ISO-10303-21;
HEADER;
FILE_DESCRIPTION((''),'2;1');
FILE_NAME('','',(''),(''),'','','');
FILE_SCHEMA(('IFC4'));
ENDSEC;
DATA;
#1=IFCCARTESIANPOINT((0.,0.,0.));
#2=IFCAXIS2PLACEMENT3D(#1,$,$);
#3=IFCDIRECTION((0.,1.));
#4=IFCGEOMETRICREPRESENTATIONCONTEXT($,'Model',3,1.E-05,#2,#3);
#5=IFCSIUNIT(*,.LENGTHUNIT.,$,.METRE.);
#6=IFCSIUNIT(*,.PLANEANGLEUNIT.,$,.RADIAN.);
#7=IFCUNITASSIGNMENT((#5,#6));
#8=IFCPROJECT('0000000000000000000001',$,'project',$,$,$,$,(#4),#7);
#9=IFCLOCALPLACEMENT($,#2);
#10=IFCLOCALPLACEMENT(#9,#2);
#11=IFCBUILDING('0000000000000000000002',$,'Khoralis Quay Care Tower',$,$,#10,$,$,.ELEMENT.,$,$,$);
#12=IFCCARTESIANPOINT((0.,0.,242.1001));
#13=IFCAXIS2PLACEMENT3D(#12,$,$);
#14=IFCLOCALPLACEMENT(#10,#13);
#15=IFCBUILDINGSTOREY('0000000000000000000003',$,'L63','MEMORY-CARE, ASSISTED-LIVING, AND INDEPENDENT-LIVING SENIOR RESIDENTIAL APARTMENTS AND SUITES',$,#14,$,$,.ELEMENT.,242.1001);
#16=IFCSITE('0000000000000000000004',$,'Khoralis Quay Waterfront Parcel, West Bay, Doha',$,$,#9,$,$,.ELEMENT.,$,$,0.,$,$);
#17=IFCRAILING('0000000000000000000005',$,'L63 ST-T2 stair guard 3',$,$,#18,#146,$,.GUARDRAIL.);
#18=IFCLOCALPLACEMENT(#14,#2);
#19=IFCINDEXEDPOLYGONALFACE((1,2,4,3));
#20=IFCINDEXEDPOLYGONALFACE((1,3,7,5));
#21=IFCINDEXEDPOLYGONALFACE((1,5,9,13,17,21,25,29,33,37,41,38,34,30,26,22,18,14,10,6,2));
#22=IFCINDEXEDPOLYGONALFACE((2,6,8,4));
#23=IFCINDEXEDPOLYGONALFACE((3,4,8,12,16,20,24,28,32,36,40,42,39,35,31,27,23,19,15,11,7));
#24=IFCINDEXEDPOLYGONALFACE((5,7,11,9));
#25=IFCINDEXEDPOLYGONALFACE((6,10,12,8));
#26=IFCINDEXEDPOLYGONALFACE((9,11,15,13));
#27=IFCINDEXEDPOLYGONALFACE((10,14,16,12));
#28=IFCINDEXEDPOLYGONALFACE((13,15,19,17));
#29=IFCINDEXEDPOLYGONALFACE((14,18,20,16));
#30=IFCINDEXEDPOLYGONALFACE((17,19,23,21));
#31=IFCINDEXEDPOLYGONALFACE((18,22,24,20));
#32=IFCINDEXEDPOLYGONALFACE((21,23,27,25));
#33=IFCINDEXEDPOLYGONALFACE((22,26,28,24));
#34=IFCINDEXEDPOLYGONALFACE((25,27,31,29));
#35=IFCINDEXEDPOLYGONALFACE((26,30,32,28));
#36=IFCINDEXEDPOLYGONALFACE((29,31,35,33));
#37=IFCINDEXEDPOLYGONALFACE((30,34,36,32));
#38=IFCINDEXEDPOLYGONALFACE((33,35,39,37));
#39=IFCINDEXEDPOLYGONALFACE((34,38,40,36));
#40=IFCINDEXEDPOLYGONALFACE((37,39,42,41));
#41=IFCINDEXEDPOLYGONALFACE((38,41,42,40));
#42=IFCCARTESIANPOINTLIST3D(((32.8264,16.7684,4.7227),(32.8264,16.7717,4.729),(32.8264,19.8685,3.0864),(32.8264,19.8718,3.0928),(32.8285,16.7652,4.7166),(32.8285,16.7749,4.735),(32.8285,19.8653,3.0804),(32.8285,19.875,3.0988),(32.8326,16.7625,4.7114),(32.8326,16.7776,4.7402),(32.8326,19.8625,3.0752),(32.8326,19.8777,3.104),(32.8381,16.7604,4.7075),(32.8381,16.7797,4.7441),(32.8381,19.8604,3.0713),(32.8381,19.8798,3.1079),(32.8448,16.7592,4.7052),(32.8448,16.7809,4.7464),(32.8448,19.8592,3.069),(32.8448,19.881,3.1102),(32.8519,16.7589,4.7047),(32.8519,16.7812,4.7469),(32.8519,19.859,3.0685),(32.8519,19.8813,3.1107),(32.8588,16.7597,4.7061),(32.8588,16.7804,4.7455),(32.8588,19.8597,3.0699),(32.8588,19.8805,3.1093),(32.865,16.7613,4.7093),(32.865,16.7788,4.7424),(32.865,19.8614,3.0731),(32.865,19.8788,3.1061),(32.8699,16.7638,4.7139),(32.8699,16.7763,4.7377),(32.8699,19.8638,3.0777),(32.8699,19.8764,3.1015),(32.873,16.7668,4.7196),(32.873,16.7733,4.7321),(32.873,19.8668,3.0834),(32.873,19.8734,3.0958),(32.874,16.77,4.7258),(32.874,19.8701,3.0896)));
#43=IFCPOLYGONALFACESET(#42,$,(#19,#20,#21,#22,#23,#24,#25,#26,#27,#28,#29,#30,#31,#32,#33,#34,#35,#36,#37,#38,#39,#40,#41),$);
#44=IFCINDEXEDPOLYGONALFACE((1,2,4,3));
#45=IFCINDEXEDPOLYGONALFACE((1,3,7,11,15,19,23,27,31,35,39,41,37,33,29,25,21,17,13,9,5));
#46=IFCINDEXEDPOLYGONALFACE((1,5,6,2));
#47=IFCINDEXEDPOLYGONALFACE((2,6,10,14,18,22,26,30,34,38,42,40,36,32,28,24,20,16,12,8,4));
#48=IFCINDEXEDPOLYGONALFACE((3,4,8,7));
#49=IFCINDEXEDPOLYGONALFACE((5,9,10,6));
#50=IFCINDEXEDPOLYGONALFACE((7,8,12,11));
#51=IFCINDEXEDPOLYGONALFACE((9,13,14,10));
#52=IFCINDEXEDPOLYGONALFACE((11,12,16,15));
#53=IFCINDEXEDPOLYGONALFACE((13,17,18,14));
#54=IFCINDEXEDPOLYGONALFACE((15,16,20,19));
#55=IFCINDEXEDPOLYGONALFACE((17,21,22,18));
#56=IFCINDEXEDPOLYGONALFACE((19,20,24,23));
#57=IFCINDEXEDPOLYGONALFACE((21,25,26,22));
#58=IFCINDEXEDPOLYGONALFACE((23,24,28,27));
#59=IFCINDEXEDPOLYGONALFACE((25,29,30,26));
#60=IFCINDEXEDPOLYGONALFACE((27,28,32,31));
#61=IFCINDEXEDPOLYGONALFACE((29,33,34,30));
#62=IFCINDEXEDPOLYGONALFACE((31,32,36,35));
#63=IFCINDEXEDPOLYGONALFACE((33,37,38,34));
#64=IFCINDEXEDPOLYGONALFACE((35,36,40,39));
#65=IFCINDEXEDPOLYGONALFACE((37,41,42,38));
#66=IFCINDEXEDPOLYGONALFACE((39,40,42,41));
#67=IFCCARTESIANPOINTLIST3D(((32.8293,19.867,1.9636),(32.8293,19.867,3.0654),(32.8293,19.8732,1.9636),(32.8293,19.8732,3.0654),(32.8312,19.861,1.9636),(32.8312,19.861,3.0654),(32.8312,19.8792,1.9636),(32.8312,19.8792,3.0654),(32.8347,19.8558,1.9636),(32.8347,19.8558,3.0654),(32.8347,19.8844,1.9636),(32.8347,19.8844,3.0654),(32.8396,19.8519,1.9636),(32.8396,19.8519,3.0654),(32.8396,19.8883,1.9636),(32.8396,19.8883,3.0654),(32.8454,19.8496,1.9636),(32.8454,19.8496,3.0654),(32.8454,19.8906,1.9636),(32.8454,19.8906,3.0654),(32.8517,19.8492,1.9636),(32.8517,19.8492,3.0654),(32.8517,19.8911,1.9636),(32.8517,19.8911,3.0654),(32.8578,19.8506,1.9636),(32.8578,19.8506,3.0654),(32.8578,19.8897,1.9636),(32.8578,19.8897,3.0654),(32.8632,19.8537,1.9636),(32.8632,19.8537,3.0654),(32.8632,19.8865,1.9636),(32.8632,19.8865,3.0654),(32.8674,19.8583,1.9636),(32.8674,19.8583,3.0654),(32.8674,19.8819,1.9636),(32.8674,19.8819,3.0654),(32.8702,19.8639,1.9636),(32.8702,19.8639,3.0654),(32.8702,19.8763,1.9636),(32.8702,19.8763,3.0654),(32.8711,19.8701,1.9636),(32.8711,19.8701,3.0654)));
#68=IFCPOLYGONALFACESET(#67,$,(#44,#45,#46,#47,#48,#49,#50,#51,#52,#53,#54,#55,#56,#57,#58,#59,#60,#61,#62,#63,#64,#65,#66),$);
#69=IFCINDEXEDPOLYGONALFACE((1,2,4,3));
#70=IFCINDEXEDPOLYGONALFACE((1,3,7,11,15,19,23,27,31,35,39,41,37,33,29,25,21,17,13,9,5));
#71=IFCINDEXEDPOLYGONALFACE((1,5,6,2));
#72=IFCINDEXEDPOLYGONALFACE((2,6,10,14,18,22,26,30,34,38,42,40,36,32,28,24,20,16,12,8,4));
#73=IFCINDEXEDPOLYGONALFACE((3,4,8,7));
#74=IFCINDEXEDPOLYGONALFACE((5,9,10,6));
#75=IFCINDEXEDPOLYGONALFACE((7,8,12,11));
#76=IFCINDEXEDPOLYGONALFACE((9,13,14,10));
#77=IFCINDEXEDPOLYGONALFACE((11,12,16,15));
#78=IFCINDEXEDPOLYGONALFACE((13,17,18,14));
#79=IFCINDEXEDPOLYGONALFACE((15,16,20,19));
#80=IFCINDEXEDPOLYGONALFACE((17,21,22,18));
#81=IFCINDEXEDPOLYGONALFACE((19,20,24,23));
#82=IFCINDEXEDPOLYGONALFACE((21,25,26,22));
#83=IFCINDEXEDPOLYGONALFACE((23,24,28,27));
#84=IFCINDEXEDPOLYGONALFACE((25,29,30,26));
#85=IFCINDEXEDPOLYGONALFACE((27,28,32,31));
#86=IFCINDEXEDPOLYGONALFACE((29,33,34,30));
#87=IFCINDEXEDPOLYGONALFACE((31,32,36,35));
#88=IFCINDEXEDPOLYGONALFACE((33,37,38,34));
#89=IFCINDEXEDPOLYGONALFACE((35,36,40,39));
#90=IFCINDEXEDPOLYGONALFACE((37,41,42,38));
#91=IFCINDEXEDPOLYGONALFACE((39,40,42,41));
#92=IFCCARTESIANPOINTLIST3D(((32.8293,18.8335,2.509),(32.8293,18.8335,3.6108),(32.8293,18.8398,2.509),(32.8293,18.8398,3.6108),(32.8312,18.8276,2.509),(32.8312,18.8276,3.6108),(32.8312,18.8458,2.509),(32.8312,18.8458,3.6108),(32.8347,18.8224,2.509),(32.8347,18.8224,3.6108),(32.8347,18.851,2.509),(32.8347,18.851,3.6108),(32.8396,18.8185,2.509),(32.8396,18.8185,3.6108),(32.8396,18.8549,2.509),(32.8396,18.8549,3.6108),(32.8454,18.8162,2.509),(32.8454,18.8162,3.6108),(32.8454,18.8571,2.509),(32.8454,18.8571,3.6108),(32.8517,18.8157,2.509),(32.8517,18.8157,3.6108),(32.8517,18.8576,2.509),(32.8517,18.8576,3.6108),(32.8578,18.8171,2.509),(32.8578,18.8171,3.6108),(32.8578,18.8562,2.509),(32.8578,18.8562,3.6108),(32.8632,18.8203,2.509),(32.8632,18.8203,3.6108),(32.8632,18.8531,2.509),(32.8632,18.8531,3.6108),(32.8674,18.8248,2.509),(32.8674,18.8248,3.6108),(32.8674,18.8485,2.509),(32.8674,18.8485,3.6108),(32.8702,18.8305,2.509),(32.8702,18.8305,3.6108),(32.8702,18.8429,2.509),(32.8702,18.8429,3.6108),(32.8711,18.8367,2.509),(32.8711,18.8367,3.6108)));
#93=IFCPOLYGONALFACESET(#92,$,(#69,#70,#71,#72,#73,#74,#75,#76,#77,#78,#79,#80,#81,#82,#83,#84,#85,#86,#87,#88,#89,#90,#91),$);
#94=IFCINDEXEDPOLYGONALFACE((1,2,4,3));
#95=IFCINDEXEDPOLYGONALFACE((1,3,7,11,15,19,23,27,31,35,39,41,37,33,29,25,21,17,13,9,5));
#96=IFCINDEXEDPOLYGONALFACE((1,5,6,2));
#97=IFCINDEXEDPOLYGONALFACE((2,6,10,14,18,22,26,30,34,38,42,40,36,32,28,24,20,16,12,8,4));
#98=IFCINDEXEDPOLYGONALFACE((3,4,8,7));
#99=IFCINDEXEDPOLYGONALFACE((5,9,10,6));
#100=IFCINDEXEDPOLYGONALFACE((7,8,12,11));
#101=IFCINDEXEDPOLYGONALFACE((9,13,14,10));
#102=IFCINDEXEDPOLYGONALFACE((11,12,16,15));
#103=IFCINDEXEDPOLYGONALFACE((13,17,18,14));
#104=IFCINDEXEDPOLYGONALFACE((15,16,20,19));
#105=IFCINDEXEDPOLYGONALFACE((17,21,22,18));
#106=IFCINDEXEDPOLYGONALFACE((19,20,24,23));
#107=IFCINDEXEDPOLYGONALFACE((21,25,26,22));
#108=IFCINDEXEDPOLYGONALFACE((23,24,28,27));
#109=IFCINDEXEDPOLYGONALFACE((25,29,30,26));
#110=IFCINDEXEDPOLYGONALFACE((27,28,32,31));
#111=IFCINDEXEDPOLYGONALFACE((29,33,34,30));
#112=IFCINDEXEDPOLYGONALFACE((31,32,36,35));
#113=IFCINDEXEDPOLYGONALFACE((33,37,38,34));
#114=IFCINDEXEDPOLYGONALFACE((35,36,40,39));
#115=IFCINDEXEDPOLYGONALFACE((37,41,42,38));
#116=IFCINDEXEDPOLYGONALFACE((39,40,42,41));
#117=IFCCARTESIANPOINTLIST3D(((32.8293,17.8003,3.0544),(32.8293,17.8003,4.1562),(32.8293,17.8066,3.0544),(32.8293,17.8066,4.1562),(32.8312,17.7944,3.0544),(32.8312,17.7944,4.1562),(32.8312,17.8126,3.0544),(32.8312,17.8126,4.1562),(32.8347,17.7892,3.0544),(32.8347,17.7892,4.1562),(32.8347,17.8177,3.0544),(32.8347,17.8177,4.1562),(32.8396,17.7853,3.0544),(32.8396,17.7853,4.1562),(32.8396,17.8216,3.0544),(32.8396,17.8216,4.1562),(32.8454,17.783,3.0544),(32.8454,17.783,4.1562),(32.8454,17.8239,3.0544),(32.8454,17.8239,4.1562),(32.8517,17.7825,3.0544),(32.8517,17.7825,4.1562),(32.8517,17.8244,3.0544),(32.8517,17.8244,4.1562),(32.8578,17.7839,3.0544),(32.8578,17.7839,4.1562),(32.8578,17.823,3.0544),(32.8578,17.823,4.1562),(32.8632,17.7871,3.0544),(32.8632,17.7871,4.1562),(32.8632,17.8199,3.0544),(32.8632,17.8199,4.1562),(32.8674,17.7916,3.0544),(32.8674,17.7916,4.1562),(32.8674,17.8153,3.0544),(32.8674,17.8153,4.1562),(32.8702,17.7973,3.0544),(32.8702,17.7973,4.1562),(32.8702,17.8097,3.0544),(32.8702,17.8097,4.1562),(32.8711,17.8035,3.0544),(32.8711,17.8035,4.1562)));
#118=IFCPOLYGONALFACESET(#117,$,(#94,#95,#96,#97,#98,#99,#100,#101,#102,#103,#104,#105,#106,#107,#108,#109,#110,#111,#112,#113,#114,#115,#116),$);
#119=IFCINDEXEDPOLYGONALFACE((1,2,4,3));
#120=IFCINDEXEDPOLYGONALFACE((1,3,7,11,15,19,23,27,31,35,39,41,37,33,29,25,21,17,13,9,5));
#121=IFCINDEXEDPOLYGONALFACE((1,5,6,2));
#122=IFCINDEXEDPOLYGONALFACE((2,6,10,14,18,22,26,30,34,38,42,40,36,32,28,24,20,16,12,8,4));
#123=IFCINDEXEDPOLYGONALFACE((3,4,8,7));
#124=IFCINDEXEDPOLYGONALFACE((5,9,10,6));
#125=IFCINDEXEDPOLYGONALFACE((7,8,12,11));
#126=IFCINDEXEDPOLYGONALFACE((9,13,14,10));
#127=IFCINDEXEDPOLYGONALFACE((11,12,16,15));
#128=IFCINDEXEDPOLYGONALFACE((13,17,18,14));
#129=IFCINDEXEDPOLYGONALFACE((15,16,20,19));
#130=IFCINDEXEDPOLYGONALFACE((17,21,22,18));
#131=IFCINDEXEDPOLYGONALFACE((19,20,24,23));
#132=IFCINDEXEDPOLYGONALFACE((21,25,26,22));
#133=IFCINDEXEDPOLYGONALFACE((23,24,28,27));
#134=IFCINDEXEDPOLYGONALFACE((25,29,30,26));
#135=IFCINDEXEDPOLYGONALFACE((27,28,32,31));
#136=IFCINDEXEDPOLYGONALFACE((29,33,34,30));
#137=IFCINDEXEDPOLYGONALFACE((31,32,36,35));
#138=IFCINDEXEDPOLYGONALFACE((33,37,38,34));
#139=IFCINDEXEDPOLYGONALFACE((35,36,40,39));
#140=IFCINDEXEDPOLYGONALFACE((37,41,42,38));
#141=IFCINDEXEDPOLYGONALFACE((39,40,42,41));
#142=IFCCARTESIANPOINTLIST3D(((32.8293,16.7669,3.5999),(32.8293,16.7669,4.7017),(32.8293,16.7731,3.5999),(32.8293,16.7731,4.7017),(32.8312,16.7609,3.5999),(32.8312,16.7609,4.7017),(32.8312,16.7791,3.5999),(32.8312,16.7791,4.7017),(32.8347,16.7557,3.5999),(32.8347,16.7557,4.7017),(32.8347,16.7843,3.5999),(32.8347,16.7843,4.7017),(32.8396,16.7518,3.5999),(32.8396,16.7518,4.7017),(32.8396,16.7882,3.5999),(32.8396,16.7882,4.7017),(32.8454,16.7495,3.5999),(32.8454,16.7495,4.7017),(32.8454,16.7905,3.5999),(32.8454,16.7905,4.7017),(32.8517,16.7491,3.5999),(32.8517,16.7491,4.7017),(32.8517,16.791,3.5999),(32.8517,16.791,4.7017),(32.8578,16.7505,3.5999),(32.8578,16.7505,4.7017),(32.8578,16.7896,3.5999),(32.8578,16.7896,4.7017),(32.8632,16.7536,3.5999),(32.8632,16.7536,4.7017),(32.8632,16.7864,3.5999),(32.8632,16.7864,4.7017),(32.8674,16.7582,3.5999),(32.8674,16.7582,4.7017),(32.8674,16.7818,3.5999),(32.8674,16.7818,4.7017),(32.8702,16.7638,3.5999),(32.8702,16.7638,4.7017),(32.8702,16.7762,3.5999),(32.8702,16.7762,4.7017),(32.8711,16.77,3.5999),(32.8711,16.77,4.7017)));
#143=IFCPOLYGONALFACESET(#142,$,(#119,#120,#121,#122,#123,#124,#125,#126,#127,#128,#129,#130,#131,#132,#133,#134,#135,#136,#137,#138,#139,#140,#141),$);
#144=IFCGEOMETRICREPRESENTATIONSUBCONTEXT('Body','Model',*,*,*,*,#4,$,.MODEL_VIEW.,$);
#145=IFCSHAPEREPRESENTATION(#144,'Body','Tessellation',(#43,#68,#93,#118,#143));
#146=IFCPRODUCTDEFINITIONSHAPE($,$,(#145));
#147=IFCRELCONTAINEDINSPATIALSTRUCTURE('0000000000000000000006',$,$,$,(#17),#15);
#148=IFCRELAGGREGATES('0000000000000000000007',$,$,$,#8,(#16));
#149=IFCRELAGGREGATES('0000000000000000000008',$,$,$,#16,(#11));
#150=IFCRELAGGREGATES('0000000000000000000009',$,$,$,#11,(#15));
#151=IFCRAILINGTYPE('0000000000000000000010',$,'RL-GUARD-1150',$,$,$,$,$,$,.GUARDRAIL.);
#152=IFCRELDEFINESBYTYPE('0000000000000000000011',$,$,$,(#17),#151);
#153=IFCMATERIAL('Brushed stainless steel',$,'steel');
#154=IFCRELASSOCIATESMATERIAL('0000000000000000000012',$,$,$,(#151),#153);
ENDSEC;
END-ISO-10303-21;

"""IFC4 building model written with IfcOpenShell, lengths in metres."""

from ifc_helpers import new_model, si_unit, direction, frame, origin, origin_2d, place, context, subcontext, project, spatial, circle, extrude, material, type_object, element, save


model = new_model("IFC4")

# Units and contexts
model_context = context("Model", 3, precision=1e-05, world=origin(), true_north=direction((0.0, 1.0)))
body_context = subcontext(model_context, "Body", "Model", "MODEL_VIEW")
ifc_project = project(units=[si_unit("LENGTHUNIT", "METRE"), si_unit("PLANEANGLEUNIT", "RADIAN")], contexts=[model_context])

# Site, building, storey
site_placement = place(None, origin())
site = spatial("IfcSite", under=ifc_project, at=site_placement, Name="Khoralis Quay Waterfront Parcel, West Bay, Doha", CompositionType="ELEMENT", RefElevation=0.0)
building_placement = place(site_placement, origin())
building = spatial("IfcBuilding", under=site, at=building_placement, Name="Khoralis Quay Care Tower", CompositionType="ELEMENT")
storey_placement = place(building_placement, frame((0.0, 0.0, 242.1001)))
storey = spatial("IfcBuildingStorey", under=building, at=storey_placement, Name="L63", Description="MEMORY-CARE, ASSISTED-LIVING, AND INDEPENDENT-LIVING SENIOR RESIDENTIAL APARTMENTS AND SUITES", CompositionType="ELEMENT", Elevation=242.1001)

# Shared definitions
ifc_material_1 = material(Name="Brushed stainless steel", Category="steel")

# Railing
railing_type_1 = type_object("IfcRailingType", Name="RL-GUARD-1150", PredefinedType="GUARDRAIL", material=ifc_material_1)
railing_1_placement = place(storey_placement, frame((32.8501, 19.8701, 1.9636)))
element("IfcRailing", 1, at=railing_1_placement, inside=storey, type_object=railing_type_1, Name="L63 ST-T2 stair guard 3", PredefinedType="GUARDRAIL", context=body_context, shape_type="SweptSolid", body=[
    extrude(circle(Radius=0.0239, at=origin_2d()), frame((0.0, 0.0, 1.126), z_axis=(0.0, -0.884377, 0.466774), x_axis=(1.0, 0.0, 0.0)), (0.0, 0.0, 1.0), 3.5054),
    extrude(circle(Radius=0.021, at=origin_2d()), origin(), (0.0, 0.0, 1.0), 1.1018),
    extrude(circle(Radius=0.021, at=origin_2d()), frame((0.0, -1.0334, 0.5454)), (0.0, 0.0, 1.0), 1.1018),
    extrude(circle(Radius=0.021, at=origin_2d()), frame((0.0, -2.0667, 1.0908)), (0.0, 0.0, 1.0), 1.1018),
    extrude(circle(Radius=0.021, at=origin_2d()), frame((0.0, -3.1001, 1.6362)), (0.0, 0.0, 1.0), 1.1018),
])

save(model, "model.ifc")
